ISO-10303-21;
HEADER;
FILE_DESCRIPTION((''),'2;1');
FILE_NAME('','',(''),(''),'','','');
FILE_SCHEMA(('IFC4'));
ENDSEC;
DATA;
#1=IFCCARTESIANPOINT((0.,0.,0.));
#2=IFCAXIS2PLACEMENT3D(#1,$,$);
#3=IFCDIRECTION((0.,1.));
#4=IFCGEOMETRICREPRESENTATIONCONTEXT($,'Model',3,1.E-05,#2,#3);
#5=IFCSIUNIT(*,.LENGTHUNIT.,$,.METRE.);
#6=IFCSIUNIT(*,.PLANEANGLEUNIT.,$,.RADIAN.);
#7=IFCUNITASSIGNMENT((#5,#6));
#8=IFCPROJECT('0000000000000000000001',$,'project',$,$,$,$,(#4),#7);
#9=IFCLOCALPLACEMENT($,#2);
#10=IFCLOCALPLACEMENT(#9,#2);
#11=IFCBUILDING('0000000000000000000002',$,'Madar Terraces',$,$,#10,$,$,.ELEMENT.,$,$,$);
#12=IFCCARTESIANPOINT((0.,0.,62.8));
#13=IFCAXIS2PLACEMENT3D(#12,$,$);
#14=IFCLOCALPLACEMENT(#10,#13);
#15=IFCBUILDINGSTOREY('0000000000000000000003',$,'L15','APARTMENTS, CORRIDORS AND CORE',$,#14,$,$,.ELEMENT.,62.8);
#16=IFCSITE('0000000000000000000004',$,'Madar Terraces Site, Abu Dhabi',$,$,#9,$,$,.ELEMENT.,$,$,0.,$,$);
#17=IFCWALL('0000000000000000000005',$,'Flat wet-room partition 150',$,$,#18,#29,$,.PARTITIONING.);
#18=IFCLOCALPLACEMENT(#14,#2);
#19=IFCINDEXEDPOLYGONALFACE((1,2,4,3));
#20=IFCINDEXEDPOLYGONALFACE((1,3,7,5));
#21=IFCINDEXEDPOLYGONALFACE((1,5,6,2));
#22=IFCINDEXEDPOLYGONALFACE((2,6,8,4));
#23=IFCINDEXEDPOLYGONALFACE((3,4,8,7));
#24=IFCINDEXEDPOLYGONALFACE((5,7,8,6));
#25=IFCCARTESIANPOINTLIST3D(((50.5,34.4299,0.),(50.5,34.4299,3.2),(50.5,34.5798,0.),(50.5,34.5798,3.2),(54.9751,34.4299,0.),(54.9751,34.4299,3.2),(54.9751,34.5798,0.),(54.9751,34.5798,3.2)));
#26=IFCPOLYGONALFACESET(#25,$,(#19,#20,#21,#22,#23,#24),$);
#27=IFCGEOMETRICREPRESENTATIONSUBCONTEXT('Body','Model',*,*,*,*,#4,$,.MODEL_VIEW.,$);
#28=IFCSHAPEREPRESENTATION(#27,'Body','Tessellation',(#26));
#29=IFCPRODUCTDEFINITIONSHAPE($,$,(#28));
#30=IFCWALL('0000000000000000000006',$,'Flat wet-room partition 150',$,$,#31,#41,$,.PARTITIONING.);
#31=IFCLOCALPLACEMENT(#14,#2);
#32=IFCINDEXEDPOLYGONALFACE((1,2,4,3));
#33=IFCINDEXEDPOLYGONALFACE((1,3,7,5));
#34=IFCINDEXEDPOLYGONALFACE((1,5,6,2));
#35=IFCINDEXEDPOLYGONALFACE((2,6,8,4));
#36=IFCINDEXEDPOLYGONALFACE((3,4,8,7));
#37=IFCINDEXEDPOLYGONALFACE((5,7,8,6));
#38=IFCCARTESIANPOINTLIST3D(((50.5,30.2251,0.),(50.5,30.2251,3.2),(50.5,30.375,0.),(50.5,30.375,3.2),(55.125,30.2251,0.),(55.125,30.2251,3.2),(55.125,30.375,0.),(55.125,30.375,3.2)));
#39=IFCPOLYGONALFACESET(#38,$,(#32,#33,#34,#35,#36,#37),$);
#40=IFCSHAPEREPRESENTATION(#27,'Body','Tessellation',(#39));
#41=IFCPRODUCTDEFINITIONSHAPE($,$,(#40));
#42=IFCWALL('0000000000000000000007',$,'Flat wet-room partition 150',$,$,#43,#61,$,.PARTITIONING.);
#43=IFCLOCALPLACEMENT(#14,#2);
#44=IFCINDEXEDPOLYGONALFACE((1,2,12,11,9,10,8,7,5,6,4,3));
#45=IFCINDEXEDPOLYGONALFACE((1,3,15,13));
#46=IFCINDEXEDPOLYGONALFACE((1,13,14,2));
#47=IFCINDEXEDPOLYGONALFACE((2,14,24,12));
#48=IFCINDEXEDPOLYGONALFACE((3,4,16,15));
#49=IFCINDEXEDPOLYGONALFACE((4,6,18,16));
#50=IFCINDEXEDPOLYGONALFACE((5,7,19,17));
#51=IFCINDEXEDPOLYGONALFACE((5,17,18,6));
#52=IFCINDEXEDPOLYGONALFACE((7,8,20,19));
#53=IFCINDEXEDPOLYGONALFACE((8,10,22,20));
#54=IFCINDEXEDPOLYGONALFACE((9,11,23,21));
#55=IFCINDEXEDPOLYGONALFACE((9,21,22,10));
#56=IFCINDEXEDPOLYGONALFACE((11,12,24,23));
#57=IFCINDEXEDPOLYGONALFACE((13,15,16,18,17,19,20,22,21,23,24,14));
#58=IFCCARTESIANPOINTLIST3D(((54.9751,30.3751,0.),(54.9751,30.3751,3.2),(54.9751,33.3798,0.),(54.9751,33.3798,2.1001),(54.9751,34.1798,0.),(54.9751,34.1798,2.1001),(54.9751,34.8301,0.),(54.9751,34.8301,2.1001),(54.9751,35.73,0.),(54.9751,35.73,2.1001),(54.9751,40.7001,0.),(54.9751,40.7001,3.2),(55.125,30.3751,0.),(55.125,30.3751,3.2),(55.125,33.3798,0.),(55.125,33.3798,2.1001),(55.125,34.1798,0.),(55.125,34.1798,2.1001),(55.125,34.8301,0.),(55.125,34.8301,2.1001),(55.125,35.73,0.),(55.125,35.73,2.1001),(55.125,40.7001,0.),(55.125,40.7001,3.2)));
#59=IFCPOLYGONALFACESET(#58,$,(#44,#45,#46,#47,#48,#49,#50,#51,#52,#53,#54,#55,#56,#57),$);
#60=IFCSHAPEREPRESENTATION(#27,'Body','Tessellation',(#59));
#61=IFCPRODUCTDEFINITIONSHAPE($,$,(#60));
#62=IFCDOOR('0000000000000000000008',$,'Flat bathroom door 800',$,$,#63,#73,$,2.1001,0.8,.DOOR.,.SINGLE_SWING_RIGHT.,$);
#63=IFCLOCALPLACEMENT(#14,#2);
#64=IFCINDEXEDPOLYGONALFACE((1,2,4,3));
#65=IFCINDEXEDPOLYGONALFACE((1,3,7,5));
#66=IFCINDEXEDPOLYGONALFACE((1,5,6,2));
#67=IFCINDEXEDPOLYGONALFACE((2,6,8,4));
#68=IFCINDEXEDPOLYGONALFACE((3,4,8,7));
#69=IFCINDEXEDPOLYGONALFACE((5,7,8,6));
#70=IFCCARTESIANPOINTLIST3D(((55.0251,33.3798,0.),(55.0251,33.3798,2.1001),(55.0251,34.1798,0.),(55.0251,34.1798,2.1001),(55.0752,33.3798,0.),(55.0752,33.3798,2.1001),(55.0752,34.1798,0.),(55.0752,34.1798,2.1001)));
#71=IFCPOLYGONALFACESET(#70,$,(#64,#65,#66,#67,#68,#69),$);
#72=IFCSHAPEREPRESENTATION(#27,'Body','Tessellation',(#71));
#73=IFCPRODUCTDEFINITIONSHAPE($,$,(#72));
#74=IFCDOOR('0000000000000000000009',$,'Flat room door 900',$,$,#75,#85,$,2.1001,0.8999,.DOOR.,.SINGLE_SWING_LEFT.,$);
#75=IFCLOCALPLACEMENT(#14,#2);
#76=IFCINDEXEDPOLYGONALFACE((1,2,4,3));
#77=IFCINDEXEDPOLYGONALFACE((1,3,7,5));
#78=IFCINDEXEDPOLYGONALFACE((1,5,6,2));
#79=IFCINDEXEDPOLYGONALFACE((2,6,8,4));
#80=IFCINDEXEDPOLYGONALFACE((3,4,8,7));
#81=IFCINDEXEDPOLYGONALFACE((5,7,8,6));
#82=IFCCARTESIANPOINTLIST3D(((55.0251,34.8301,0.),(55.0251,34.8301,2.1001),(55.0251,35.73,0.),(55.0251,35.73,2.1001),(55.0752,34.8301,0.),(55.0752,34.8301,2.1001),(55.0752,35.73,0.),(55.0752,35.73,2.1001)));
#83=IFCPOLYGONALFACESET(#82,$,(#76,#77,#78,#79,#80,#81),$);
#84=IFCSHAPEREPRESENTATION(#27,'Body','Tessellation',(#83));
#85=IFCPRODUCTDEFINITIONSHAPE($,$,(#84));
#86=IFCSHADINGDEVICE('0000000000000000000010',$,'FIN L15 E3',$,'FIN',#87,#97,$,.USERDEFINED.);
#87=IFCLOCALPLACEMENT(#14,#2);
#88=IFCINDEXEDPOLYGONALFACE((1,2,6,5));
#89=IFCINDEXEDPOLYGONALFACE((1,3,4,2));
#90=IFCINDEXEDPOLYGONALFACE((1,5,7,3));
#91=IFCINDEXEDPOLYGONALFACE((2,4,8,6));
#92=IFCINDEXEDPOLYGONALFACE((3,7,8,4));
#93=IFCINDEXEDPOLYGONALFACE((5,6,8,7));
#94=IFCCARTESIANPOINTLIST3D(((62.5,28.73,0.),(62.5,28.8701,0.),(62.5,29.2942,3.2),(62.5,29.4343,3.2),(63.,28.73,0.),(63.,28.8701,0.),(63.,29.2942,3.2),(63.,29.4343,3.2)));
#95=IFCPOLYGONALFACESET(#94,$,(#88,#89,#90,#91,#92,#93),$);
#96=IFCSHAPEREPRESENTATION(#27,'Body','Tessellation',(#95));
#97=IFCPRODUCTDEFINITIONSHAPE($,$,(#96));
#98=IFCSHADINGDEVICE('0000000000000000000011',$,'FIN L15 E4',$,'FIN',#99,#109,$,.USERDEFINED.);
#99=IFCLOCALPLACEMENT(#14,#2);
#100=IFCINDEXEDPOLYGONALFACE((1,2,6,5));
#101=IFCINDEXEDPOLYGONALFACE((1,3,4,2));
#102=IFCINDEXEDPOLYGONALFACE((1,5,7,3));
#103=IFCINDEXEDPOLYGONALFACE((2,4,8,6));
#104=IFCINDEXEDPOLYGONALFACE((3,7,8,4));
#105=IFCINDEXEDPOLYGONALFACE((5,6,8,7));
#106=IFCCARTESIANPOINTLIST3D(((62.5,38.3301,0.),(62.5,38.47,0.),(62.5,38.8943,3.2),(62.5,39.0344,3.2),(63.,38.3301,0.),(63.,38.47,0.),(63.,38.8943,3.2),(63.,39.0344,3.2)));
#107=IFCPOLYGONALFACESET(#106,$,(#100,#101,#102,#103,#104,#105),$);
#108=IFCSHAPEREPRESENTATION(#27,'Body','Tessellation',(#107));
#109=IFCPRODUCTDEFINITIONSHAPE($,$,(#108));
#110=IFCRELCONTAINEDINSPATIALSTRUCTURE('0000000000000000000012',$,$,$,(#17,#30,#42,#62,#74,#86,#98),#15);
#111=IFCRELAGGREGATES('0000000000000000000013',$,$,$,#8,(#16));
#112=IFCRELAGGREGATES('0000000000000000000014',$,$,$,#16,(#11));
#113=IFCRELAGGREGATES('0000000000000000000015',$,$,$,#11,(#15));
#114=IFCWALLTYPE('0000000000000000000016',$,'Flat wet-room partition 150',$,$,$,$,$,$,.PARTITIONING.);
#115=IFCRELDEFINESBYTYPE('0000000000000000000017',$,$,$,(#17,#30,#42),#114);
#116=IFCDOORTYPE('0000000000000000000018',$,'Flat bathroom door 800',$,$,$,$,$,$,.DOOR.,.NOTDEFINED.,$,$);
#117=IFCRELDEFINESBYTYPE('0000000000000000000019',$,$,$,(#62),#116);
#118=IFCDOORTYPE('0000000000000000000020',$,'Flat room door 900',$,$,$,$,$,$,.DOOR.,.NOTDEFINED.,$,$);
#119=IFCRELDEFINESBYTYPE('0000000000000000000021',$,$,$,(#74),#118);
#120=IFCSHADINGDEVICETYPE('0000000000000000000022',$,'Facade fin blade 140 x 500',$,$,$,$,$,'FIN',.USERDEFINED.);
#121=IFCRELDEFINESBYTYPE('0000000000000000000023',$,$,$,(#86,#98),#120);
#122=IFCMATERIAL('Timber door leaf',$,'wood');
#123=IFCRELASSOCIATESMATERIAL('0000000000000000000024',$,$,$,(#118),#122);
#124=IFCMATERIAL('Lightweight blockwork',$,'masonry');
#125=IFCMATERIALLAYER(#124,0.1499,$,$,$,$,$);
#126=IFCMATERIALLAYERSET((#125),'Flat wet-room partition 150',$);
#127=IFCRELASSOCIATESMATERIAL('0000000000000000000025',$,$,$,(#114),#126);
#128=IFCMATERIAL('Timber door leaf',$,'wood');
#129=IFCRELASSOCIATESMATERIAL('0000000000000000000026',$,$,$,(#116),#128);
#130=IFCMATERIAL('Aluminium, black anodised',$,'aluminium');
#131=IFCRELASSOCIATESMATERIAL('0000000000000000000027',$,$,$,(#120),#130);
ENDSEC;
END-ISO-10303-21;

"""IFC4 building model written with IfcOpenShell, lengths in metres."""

from ifc_helpers import new_model, si_unit, direction, frame, frame_2d, origin, place, context, subcontext, project, spatial, polyline, rectangle, outline, extrude, material, layer, layer_set, type_object, element, fill, save


model = new_model("IFC4")

# Units and contexts
model_context = context("Model", 3, precision=1e-05, world=origin(), true_north=direction((0.0, 1.0)))
body_context = subcontext(model_context, "Body", "Model", "MODEL_VIEW")
ifc_project = project(units=[si_unit("LENGTHUNIT", "METRE"), si_unit("PLANEANGLEUNIT", "RADIAN")], contexts=[model_context])

# Site, building, storey
site_placement = place(None, origin())
site = spatial("IfcSite", under=ifc_project, at=site_placement, Name="Madar Terraces Site, Abu Dhabi", CompositionType="ELEMENT", RefElevation=0.0)
building_placement = place(site_placement, origin())
building = spatial("IfcBuilding", under=site, at=building_placement, Name="Madar Terraces", CompositionType="ELEMENT")
storey_placement = place(building_placement, frame((0.0, 0.0, 62.8)))
storey = spatial("IfcBuildingStorey", under=building, at=storey_placement, Name="L15", Description="APARTMENTS, CORRIDORS AND CORE", CompositionType="ELEMENT", Elevation=62.8)

# Shared definitions
ifc_material_1 = material(Name="Timber door leaf", Category="wood")
door_type_1 = type_object("IfcDoorType", Name="Flat room door 900", OperationType="NOTDEFINED", PredefinedType="DOOR", material=ifc_material_1)

# Walls
ifc_material_2 = material(Name="Lightweight blockwork", Category="masonry")
ifc_layer_1 = layer(ifc_material_2, 0.1499)
ifc_layer_set_1 = layer_set([ifc_layer_1], Name="Flat wet-room partition 150")
wall_type_1 = type_object("IfcWallType", Name="Flat wet-room partition 150", PredefinedType="PARTITIONING", material=ifc_layer_set_1)
wall_1_placement = place(storey_placement, frame((50.5, 34.5049, 0.0), z_axis=(0.0, 0.0, 1.0), x_axis=(1.0, 0.0, 0.0)))
element("IfcWall", 1, at=wall_1_placement, inside=storey, type_object=wall_type_1, Name="Flat wet-room partition 150", PredefinedType="PARTITIONING", context=body_context, shape_type="SweptSolid", body=[
    extrude(rectangle(XDim=4.4751, YDim=0.1499, at=frame_2d((2.2375, 0.0))), origin(), (0.0, 0.0, 1.0), 3.2),
])
wall_2_placement = place(storey_placement, frame((50.5, 30.3, 0.0), z_axis=(0.0, 0.0, 1.0), x_axis=(1.0, 0.0, 0.0)))
element("IfcWall", 2, at=wall_2_placement, inside=storey, type_object=wall_type_1, Name="Flat wet-room partition 150", PredefinedType="PARTITIONING", context=body_context, shape_type="SweptSolid", body=[
    extrude(rectangle(XDim=4.625, YDim=0.1499, at=frame_2d((2.3125, 0.0))), origin(), (0.0, 0.0, 1.0), 3.2),
])

# Wall, openings, doors
wall_3_placement = place(storey_placement, frame((55.05, 30.375, 0.0), z_axis=(0.0, 0.0, 1.0), x_axis=(0.0, 1.0, 0.0)))
wall_3 = element("IfcWall", 3, at=wall_3_placement, inside=storey, type_object=wall_type_1, Name="Flat wet-room partition 150", PredefinedType="PARTITIONING", context=body_context, shape_type="SweptSolid", body=[
    extrude(rectangle(XDim=10.325, YDim=0.1499, at=frame_2d((5.1626, 0.0))), origin(), (0.0, 0.0, 1.0), 3.2),
])
opening_1_placement = place(wall_3_placement, frame((3.0049, 0.0, 0.0)))
opening_1 = element("IfcOpeningElement", 4, at=opening_1_placement, cuts=wall_3, PredefinedType="OPENING", context=body_context, shape_type="SweptSolid", body=[
    extrude(rectangle(XDim=0.8, YDim=2.1001, at=frame_2d((0.3999, 1.05))), frame((0.0, 0.085, 0.0), z_axis=(0.0, -1.0, 0.0), x_axis=(1.0, 0.0, 0.0)), (0.0, 0.0, 1.0), 0.1699),
])
opening_2_placement = place(wall_3_placement, frame((4.4551, 0.0, 0.0)))
opening_2 = element("IfcOpeningElement", 5, at=opening_2_placement, cuts=wall_3, PredefinedType="OPENING", context=body_context, shape_type="SweptSolid", body=[
    extrude(rectangle(XDim=0.8999, YDim=2.1001, at=frame_2d((0.45, 1.05))), frame((0.0, 0.085, 0.0), z_axis=(0.0, -1.0, 0.0), x_axis=(1.0, 0.0, 0.0)), (0.0, 0.0, 1.0), 0.1699),
])
ifc_material_3 = material(Name="Timber door leaf", Category="wood")
door_type_2 = type_object("IfcDoorType", Name="Flat bathroom door 800", OperationType="NOTDEFINED", PredefinedType="DOOR", material=ifc_material_3)
door_1_placement = place(opening_1_placement, origin())
door_1 = element("IfcDoor", 6, at=door_1_placement, inside=storey, type_object=door_type_2, Name="Flat bathroom door 800", OperationType="SINGLE_SWING_RIGHT", OverallHeight=2.1001, OverallWidth=0.8, PredefinedType="DOOR", context=body_context, shape_type="SweptSolid", body=[
    extrude(rectangle(XDim=0.8, YDim=2.1001, at=frame_2d((0.3999, 1.05))), frame((0.0, 0.0249, 0.0), z_axis=(0.0, -1.0, 0.0), x_axis=(1.0, 0.0, 0.0)), (0.0, 0.0, 1.0), 0.05),
])
fill(opening_1, door_1)
door_2_placement = place(opening_2_placement, origin())
door_2 = element("IfcDoor", 7, at=door_2_placement, inside=storey, type_object=door_type_1, Name="Flat room door 900", OperationType="SINGLE_SWING_LEFT", OverallHeight=2.1001, OverallWidth=0.8999, PredefinedType="DOOR", context=body_context, shape_type="SweptSolid", body=[
    extrude(rectangle(XDim=0.8999, YDim=2.1001, at=frame_2d((0.45, 1.05))), frame((0.0, 0.0249, 0.0), z_axis=(0.0, -1.0, 0.0), x_axis=(1.0, 0.0, 0.0)), (0.0, 0.0, 1.0), 0.05),
])
fill(opening_2, door_2)

# Shading devices
ifc_material_4 = material(Name="Aluminium, black anodised", Category="aluminium")
shading_device_type = type_object("IfcShadingDeviceType", Name="Facade fin blade 140 x 500", ElementType="FIN", PredefinedType="USERDEFINED", material=ifc_material_4)
shading_device_1_placement = place(storey_placement, frame((62.75, 28.73, 0.0), z_axis=(0.0, 0.0, 1.0), x_axis=(0.0, 1.0, 0.0)))
element("IfcShadingDevice", 8, at=shading_device_1_placement, inside=storey, type_object=shading_device_type, Name="FIN L15 E3", ObjectType="FIN", PredefinedType="USERDEFINED", context=body_context, shape_type="SweptSolid", body=[
    extrude(outline(polyline([(0.0, 0.0), (0.1401, 0.0), (0.7043, 3.2), (0.5642, 3.2), (0.0, 0.0)])), frame((0.0, 0.25, 0.0), z_axis=(0.0, -1.0, 0.0), x_axis=(1.0, 0.0, 0.0)), (0.0, 0.0, 1.0), 0.5),
])
shading_device_2_placement = place(storey_placement, frame((62.75, 38.3301, 0.0), z_axis=(0.0, 0.0, 1.0), x_axis=(0.0, 1.0, 0.0)))
element("IfcShadingDevice", 9, at=shading_device_2_placement, inside=storey, type_object=shading_device_type, Name="FIN L15 E4", ObjectType="FIN", PredefinedType="USERDEFINED", context=body_context, shape_type="SweptSolid", body=[
    extrude(outline(polyline([(0.0, 0.0), (0.1399, 0.0), (0.7043, 3.2), (0.5642, 3.2), (0.0, 0.0)])), frame((0.0, 0.25, 0.0), z_axis=(0.0, -1.0, 0.0), x_axis=(1.0, 0.0, 0.0)), (0.0, 0.0, 1.0), 0.5),
])

save(model, "model.ifc")
